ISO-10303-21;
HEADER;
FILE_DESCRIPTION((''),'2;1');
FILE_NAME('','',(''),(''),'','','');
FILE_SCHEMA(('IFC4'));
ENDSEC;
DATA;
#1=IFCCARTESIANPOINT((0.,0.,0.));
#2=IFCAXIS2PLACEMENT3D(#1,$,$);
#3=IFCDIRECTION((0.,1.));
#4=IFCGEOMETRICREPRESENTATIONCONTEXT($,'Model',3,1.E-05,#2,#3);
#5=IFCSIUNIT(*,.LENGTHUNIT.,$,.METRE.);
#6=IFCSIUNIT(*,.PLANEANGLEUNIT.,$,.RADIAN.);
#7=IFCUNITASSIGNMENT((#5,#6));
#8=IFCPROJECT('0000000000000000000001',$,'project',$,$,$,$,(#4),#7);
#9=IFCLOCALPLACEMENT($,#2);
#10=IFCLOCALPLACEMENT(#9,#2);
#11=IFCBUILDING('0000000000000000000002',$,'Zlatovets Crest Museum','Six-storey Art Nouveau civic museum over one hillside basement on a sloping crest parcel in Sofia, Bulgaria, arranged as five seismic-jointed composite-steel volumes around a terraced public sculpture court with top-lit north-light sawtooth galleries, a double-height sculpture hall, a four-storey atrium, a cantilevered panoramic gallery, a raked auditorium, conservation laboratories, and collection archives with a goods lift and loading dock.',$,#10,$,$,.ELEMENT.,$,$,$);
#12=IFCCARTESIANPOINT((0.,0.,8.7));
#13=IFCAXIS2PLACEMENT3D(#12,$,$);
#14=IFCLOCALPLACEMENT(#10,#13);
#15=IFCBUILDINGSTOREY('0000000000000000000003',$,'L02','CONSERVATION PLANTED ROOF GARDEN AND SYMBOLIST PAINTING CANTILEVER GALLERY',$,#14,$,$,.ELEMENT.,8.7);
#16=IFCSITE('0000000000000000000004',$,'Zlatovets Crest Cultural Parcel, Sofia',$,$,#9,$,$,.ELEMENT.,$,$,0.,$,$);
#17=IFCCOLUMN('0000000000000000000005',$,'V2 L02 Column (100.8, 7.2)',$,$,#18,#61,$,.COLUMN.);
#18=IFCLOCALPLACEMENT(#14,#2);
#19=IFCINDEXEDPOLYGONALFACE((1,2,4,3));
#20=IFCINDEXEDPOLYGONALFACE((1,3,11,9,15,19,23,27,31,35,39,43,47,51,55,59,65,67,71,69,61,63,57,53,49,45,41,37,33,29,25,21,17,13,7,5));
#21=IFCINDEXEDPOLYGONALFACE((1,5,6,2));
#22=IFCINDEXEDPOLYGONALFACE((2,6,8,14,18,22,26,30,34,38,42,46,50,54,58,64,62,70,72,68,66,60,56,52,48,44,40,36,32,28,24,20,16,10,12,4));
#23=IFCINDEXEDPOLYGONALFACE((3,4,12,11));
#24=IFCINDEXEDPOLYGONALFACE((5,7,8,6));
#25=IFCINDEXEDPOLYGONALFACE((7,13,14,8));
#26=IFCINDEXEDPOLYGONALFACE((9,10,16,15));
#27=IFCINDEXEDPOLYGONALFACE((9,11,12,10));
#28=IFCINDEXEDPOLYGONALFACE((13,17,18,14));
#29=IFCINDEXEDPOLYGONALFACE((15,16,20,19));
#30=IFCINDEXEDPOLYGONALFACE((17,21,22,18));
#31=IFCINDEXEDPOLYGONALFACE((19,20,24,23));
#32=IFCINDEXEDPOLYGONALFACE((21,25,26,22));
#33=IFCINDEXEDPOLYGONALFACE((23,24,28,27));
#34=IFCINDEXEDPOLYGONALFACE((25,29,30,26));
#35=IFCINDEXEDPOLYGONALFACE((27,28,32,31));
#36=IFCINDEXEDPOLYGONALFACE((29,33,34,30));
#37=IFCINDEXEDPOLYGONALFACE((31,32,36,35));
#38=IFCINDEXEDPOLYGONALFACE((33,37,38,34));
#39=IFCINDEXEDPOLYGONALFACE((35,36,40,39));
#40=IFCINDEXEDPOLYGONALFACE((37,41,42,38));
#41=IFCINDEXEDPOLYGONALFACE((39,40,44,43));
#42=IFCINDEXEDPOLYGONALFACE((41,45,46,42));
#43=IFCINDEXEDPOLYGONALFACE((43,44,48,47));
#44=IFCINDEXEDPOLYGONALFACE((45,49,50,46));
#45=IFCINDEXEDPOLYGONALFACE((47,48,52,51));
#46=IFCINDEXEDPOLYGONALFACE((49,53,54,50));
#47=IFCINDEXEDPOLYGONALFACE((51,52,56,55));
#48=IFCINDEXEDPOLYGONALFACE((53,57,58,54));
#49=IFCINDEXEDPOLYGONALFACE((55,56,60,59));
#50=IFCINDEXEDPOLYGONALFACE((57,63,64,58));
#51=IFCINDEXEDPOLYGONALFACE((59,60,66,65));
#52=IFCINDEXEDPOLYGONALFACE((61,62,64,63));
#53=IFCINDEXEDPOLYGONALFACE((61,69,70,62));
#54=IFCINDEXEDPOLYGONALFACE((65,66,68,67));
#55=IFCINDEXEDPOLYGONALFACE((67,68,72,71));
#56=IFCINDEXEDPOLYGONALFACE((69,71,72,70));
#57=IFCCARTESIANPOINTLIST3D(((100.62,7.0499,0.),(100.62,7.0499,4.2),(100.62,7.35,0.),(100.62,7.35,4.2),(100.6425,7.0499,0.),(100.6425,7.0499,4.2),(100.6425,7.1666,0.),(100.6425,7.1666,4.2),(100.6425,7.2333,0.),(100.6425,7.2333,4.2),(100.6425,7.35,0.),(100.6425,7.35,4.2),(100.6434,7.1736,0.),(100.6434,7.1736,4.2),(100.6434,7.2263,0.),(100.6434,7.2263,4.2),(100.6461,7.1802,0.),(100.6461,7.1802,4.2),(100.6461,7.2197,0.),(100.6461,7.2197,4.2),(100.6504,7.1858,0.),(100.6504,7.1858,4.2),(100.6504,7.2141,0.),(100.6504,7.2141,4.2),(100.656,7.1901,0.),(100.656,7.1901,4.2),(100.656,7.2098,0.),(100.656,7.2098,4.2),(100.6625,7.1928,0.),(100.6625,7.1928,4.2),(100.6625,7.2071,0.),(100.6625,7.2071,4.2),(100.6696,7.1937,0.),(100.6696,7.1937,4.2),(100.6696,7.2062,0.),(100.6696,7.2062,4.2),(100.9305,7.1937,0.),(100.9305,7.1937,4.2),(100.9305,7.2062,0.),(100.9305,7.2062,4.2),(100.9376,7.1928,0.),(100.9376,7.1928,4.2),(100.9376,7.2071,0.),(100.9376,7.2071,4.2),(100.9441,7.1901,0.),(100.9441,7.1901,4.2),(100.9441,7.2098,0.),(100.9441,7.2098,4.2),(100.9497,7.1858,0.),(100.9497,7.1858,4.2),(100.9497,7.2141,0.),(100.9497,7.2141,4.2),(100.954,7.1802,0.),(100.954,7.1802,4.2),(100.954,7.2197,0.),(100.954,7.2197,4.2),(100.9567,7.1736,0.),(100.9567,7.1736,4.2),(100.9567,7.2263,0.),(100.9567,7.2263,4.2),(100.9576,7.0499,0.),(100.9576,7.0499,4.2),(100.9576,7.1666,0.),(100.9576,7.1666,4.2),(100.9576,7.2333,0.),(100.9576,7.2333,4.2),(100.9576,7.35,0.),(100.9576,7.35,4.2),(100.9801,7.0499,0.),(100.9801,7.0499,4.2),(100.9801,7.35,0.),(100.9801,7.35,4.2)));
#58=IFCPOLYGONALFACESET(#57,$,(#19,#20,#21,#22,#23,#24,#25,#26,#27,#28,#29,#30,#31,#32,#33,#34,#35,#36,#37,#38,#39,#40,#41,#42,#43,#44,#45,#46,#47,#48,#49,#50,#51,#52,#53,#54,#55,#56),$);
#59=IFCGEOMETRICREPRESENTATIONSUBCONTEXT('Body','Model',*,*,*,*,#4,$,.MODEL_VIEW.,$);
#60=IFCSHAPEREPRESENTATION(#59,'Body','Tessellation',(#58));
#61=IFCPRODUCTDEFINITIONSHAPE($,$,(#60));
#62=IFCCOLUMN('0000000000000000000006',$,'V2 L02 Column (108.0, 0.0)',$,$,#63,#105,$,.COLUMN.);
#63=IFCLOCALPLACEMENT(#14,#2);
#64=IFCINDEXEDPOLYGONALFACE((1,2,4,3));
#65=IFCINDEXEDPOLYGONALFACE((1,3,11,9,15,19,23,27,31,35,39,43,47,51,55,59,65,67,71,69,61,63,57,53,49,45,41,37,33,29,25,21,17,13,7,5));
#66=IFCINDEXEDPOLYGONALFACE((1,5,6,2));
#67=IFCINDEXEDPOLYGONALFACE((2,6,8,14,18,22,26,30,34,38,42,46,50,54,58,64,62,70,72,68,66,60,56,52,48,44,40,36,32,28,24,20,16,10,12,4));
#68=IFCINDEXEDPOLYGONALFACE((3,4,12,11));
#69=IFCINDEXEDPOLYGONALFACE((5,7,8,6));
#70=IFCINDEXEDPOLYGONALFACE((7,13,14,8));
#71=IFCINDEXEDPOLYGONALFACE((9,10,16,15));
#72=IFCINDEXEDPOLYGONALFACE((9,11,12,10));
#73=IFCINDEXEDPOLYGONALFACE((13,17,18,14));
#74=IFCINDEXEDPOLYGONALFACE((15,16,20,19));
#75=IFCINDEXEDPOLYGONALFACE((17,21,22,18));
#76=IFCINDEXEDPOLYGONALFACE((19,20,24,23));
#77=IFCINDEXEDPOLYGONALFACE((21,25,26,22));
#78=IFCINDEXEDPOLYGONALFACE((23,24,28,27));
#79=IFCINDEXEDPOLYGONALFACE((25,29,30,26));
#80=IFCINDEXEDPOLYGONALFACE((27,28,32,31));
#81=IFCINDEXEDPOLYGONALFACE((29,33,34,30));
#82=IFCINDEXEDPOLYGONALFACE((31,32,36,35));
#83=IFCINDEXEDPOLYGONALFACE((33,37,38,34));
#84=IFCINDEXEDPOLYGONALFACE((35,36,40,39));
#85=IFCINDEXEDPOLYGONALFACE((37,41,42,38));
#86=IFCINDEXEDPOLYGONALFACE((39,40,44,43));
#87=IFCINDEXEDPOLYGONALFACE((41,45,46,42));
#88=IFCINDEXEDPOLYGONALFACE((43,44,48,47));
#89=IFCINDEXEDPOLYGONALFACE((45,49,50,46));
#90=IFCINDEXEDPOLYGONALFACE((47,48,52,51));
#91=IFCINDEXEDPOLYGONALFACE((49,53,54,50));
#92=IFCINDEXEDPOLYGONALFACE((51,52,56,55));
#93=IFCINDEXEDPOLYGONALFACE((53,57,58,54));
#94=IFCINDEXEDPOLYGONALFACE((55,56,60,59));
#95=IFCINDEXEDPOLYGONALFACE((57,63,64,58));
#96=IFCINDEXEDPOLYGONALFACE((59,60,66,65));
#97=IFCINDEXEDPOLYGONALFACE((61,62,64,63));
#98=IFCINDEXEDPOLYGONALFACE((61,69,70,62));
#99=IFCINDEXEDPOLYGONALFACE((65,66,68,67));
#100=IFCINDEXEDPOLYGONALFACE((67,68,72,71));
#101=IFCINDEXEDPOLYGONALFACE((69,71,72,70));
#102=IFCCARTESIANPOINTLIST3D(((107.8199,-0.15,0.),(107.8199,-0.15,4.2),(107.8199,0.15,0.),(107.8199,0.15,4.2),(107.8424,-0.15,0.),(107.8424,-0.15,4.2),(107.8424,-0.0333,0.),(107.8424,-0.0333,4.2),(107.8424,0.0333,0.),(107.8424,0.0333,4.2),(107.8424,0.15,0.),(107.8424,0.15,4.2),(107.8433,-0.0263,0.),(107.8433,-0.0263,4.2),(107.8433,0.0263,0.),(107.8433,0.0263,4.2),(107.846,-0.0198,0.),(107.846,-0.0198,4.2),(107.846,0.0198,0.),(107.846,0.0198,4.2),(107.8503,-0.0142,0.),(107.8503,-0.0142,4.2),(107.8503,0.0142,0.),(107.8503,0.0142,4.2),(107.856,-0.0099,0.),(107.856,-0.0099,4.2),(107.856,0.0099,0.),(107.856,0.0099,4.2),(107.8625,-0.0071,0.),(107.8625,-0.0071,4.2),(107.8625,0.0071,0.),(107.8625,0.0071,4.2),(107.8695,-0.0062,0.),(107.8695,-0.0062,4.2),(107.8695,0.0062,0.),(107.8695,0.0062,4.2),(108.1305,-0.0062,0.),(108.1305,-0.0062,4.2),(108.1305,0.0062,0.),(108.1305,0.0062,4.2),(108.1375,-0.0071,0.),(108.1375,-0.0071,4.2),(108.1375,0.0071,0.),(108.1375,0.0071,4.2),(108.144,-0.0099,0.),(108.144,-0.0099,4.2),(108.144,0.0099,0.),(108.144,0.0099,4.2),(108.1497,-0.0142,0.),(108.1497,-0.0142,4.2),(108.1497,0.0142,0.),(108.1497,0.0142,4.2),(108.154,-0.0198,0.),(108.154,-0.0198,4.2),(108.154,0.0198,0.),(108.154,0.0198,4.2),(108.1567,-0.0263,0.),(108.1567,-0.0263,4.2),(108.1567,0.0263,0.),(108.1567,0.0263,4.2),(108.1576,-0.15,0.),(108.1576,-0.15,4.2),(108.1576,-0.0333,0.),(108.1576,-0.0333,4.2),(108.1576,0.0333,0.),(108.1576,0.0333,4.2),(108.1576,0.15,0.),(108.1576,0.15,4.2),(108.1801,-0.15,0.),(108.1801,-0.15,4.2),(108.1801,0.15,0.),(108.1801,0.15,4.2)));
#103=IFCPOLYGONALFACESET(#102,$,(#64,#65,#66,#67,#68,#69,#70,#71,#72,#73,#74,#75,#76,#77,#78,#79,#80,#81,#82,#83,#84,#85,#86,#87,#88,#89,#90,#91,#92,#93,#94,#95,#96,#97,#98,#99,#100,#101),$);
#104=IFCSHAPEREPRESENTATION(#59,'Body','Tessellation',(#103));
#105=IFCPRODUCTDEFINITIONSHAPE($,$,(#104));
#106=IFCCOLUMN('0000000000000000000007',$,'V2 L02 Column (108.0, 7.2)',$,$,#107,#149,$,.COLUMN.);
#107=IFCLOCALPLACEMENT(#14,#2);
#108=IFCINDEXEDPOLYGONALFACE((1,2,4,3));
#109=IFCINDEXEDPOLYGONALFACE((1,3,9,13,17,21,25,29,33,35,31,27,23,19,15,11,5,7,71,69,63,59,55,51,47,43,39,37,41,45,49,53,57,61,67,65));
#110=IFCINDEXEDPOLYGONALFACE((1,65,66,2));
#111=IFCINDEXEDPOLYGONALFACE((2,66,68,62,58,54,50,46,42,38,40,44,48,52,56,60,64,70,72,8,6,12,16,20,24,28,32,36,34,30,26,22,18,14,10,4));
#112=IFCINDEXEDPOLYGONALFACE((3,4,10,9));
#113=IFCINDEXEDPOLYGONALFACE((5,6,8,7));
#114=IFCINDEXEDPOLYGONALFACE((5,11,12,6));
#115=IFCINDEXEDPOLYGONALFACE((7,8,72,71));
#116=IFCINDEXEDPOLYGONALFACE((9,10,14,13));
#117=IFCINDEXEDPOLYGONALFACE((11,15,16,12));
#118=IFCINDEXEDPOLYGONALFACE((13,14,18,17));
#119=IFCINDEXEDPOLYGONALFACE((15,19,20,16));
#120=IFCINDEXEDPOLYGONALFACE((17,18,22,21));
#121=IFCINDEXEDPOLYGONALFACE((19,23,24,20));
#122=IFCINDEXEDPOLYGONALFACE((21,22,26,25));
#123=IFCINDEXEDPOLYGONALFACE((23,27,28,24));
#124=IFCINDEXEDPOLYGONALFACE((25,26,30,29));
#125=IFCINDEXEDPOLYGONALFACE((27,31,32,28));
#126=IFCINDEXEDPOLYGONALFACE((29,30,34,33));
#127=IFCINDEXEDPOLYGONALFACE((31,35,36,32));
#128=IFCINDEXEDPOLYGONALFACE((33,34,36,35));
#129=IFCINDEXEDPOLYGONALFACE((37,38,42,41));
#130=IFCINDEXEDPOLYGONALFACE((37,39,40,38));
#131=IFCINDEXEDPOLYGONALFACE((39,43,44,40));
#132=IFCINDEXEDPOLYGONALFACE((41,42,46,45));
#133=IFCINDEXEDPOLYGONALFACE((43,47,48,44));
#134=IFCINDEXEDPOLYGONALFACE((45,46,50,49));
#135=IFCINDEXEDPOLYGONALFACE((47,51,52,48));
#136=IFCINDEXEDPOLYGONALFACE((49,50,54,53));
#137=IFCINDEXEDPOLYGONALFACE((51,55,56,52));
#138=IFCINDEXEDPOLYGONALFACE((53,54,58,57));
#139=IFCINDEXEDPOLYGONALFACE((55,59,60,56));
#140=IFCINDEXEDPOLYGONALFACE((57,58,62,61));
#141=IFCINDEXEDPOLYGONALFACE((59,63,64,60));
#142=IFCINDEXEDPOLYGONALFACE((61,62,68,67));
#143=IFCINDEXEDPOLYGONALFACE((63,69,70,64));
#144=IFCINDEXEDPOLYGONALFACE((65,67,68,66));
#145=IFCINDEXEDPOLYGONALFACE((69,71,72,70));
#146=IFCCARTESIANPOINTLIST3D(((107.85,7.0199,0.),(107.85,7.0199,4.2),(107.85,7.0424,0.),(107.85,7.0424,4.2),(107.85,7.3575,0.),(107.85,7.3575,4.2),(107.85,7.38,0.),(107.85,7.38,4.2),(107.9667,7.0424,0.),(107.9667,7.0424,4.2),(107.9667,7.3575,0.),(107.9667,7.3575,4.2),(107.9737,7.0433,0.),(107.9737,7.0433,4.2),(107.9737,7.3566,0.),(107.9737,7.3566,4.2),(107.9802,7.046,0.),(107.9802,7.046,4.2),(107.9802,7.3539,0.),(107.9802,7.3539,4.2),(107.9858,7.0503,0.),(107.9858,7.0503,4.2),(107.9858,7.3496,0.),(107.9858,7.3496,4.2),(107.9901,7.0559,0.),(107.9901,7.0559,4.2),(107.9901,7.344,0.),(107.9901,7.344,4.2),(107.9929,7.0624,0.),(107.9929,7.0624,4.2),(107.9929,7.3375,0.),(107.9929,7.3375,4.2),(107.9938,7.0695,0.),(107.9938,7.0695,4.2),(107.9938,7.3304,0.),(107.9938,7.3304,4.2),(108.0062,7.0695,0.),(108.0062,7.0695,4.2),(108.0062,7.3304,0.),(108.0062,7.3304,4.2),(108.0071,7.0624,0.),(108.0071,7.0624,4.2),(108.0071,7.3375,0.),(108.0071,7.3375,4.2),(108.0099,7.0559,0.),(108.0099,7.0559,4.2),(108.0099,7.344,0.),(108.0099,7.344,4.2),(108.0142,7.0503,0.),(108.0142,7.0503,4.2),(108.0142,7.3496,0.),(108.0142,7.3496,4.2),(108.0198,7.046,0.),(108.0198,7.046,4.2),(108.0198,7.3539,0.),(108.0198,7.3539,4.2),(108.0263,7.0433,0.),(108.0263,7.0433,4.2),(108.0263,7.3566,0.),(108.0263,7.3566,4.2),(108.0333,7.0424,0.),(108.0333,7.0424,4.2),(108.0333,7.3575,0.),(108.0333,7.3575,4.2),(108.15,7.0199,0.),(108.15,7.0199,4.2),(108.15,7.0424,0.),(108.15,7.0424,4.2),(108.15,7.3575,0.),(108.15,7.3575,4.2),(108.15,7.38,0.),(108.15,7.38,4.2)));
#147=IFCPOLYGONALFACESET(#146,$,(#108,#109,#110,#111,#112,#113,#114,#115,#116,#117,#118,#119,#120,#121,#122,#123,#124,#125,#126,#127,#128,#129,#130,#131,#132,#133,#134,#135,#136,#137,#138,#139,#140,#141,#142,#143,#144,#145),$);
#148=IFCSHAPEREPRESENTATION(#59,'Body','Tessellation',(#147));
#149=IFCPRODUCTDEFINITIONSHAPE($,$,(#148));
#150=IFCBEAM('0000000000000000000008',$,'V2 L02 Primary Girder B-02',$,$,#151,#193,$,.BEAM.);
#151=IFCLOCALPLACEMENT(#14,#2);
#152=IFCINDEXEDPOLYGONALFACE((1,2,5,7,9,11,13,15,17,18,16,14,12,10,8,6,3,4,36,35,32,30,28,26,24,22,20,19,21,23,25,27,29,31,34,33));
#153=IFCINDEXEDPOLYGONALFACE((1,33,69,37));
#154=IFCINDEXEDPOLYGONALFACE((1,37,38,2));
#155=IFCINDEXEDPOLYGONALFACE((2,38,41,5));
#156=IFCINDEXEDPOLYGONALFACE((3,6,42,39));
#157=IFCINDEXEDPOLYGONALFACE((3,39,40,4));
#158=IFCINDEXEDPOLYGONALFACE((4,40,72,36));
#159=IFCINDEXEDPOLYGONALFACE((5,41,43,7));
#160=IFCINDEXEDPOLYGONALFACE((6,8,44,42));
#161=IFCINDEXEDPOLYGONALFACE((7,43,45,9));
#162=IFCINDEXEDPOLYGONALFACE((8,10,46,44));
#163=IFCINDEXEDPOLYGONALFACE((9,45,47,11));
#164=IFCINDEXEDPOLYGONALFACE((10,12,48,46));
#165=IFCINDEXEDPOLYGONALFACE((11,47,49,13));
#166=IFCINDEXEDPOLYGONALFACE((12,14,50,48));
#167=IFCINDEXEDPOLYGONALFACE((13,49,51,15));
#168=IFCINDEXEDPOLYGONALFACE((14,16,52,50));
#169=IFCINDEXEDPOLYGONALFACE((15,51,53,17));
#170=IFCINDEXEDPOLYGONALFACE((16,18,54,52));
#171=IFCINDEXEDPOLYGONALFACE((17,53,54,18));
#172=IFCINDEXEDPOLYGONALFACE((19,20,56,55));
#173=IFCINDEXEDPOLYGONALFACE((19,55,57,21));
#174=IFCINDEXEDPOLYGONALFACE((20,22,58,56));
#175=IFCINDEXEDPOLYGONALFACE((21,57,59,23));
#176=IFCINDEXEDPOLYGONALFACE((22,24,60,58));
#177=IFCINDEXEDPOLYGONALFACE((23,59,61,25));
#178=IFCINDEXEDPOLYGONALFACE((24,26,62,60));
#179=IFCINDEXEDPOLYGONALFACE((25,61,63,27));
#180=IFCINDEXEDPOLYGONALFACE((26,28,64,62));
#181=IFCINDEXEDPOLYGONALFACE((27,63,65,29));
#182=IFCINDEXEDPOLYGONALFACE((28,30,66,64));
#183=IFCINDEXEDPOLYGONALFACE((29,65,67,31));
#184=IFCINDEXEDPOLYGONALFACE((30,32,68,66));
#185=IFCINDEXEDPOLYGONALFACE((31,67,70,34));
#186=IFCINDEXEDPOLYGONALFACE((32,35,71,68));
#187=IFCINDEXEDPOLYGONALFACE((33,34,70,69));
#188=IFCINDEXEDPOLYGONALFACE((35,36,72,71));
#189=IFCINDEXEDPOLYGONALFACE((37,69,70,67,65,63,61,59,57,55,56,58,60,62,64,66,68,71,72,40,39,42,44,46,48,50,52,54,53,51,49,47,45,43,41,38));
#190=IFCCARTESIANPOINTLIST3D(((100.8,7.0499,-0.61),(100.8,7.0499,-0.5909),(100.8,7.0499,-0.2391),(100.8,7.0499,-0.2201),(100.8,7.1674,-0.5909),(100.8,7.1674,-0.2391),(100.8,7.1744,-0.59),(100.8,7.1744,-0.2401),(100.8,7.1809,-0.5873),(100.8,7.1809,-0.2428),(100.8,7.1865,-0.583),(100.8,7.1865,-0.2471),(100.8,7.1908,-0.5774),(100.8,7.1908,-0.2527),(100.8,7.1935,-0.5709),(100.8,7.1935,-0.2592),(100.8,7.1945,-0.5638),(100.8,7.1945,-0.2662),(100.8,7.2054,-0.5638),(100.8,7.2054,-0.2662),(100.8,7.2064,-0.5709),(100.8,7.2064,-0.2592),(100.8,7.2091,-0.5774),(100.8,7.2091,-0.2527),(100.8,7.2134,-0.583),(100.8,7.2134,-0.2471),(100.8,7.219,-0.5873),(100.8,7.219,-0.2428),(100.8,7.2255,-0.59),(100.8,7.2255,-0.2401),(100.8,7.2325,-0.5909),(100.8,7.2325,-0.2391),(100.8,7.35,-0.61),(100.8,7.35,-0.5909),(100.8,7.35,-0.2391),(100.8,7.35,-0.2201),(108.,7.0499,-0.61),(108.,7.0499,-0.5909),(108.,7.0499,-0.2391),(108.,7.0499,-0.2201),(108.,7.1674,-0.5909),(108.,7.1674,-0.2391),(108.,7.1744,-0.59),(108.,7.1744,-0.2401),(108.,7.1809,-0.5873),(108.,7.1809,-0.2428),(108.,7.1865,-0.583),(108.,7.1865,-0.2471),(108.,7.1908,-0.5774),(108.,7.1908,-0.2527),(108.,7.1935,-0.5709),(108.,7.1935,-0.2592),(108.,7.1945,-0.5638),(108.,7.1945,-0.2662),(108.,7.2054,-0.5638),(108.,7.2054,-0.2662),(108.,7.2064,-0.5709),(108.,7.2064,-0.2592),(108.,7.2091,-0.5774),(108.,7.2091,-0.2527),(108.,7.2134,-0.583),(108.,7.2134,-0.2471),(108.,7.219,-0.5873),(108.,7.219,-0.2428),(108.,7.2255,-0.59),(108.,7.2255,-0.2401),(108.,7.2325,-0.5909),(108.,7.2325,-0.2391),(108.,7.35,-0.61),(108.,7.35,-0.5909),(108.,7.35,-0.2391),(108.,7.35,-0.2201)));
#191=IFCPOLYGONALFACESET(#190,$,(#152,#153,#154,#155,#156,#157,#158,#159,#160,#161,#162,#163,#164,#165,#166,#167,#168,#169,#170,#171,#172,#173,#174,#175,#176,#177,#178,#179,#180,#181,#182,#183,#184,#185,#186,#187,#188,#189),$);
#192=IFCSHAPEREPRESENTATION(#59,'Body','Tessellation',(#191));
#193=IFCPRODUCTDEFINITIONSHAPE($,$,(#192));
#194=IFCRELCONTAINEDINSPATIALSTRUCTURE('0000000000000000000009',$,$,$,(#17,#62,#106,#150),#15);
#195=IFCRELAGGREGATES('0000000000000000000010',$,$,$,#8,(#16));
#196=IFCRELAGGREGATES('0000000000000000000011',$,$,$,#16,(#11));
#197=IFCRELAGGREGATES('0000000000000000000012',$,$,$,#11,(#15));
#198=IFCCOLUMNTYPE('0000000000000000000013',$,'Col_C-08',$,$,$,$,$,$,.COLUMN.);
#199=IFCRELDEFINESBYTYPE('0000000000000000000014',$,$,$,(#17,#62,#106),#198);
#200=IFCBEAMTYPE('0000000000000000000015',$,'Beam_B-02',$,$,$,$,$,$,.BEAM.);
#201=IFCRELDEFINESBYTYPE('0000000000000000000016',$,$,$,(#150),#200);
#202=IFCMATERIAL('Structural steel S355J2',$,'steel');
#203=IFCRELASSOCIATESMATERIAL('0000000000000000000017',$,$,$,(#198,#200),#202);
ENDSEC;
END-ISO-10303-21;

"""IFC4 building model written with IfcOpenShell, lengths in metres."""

from ifc_helpers import new_model, si_unit, direction, frame, origin, origin_2d, place, context, subcontext, project, spatial, i_section, extrude, material, material_profile, profile_set, type_object, element, save


model = new_model("IFC4")

# Units and contexts
model_context = context("Model", 3, precision=1e-05, world=origin(), true_north=direction((0.0, 1.0)))
body_context = subcontext(model_context, "Body", "Model", "MODEL_VIEW")
ifc_project = project(units=[si_unit("LENGTHUNIT", "METRE"), si_unit("PLANEANGLEUNIT", "RADIAN")], contexts=[model_context])

# Site, building, storey
site_placement = place(None, origin())
site = spatial("IfcSite", under=ifc_project, at=site_placement, Name="Zlatovets Crest Cultural Parcel, Sofia", CompositionType="ELEMENT", RefElevation=0.0)
building_placement = place(site_placement, origin())
building = spatial("IfcBuilding", under=site, at=building_placement, Name="Zlatovets Crest Museum", Description="Six-storey Art Nouveau civic museum over one hillside basement on a sloping crest parcel in Sofia, Bulgaria, arranged as five seismic-jointed composite-steel volumes around a terraced public sculpture court with top-lit north-light sawtooth galleries, a double-height sculpture hall, a four-storey atrium, a cantilevered panoramic gallery, a raked auditorium, conservation laboratories, and collection archives with a goods lift and loading dock.", CompositionType="ELEMENT")
storey_placement = place(building_placement, frame((0.0, 0.0, 8.7)))
storey = spatial("IfcBuildingStorey", under=building, at=storey_placement, Name="L02", Description="CONSERVATION PLANTED ROOF GARDEN AND SYMBOLIST PAINTING CANTILEVER GALLERY", CompositionType="ELEMENT", Elevation=8.7)

# Columns
ifc_material_1 = material(Name="Structural steel S355J2", Category="steel")
ifc_material_profile_1 = material_profile(ifc_material_1, i_section(OverallWidth=0.3, OverallDepth=0.3601, WebThickness=0.0125, FlangeThickness=0.0225, FilletRadius=0.0271, at=origin_2d()), Name="HEB 360")
ifc_profile_set_1 = profile_set([ifc_material_profile_1], Name="Structural steel S355J2")
column_type = type_object("IfcColumnType", Name="Col_C-08", PredefinedType="COLUMN", material=ifc_profile_set_1)
for number, where, z_axis, x_axis, name in (
    (1, (100.8, 7.2, 0.0), (0.0, 0.0, 1.0), (0.0, 1.0, 0.0), "V2 L02 Column (100.8, 7.2)"),
    (2, (108.0, 0.0, 0.0), (0.0, 0.0, 1.0), (0.0, 1.0, 0.0), "V2 L02 Column (108.0, 0.0)"),
    (3, (108.0, 7.2, 0.0), (0.0, 0.0, 1.0), (1.0, 0.0, 0.0), "V2 L02 Column (108.0, 7.2)"),
):
    element("IfcColumn", number, at=place(storey_placement, frame(where, z_axis=z_axis, x_axis=x_axis)), inside=storey, type_object=column_type, Name=name, PredefinedType="COLUMN", context=body_context, shape_type="SweptSolid", body=[
        extrude(i_section(OverallWidth=0.3, OverallDepth=0.3601, WebThickness=0.0125, FlangeThickness=0.0225, FilletRadius=0.0271, at=origin_2d()), origin(), (0.0, 0.0, 1.0), 4.2),
    ])

# Beam
ifc_material_profile_2 = material_profile(ifc_material_1, i_section(OverallWidth=0.3, OverallDepth=0.3899, WebThickness=0.011, FlangeThickness=0.019, FilletRadius=0.0271, at=origin_2d()), Name="HEA 400")
ifc_profile_set_2 = profile_set([ifc_material_profile_2], Name="Structural steel S355J2")
beam_type_1 = type_object("IfcBeamType", Name="Beam_B-02", PredefinedType="BEAM", material=ifc_profile_set_2)
beam_1_placement = place(storey_placement, frame((100.8, 7.2, -0.415), z_axis=(1.0, 0.0, 0.0), x_axis=(0.0, 1.0, 0.0)))
element("IfcBeam", 4, at=beam_1_placement, inside=storey, type_object=beam_type_1, Name="V2 L02 Primary Girder B-02", PredefinedType="BEAM", context=body_context, shape_type="SweptSolid", body=[
    extrude(i_section(OverallWidth=0.3, OverallDepth=0.3899, WebThickness=0.011, FlangeThickness=0.019, FilletRadius=0.0271, at=origin_2d()), origin(), (0.0, 0.0, 1.0), 7.2),
])

save(model, "model.ifc")
